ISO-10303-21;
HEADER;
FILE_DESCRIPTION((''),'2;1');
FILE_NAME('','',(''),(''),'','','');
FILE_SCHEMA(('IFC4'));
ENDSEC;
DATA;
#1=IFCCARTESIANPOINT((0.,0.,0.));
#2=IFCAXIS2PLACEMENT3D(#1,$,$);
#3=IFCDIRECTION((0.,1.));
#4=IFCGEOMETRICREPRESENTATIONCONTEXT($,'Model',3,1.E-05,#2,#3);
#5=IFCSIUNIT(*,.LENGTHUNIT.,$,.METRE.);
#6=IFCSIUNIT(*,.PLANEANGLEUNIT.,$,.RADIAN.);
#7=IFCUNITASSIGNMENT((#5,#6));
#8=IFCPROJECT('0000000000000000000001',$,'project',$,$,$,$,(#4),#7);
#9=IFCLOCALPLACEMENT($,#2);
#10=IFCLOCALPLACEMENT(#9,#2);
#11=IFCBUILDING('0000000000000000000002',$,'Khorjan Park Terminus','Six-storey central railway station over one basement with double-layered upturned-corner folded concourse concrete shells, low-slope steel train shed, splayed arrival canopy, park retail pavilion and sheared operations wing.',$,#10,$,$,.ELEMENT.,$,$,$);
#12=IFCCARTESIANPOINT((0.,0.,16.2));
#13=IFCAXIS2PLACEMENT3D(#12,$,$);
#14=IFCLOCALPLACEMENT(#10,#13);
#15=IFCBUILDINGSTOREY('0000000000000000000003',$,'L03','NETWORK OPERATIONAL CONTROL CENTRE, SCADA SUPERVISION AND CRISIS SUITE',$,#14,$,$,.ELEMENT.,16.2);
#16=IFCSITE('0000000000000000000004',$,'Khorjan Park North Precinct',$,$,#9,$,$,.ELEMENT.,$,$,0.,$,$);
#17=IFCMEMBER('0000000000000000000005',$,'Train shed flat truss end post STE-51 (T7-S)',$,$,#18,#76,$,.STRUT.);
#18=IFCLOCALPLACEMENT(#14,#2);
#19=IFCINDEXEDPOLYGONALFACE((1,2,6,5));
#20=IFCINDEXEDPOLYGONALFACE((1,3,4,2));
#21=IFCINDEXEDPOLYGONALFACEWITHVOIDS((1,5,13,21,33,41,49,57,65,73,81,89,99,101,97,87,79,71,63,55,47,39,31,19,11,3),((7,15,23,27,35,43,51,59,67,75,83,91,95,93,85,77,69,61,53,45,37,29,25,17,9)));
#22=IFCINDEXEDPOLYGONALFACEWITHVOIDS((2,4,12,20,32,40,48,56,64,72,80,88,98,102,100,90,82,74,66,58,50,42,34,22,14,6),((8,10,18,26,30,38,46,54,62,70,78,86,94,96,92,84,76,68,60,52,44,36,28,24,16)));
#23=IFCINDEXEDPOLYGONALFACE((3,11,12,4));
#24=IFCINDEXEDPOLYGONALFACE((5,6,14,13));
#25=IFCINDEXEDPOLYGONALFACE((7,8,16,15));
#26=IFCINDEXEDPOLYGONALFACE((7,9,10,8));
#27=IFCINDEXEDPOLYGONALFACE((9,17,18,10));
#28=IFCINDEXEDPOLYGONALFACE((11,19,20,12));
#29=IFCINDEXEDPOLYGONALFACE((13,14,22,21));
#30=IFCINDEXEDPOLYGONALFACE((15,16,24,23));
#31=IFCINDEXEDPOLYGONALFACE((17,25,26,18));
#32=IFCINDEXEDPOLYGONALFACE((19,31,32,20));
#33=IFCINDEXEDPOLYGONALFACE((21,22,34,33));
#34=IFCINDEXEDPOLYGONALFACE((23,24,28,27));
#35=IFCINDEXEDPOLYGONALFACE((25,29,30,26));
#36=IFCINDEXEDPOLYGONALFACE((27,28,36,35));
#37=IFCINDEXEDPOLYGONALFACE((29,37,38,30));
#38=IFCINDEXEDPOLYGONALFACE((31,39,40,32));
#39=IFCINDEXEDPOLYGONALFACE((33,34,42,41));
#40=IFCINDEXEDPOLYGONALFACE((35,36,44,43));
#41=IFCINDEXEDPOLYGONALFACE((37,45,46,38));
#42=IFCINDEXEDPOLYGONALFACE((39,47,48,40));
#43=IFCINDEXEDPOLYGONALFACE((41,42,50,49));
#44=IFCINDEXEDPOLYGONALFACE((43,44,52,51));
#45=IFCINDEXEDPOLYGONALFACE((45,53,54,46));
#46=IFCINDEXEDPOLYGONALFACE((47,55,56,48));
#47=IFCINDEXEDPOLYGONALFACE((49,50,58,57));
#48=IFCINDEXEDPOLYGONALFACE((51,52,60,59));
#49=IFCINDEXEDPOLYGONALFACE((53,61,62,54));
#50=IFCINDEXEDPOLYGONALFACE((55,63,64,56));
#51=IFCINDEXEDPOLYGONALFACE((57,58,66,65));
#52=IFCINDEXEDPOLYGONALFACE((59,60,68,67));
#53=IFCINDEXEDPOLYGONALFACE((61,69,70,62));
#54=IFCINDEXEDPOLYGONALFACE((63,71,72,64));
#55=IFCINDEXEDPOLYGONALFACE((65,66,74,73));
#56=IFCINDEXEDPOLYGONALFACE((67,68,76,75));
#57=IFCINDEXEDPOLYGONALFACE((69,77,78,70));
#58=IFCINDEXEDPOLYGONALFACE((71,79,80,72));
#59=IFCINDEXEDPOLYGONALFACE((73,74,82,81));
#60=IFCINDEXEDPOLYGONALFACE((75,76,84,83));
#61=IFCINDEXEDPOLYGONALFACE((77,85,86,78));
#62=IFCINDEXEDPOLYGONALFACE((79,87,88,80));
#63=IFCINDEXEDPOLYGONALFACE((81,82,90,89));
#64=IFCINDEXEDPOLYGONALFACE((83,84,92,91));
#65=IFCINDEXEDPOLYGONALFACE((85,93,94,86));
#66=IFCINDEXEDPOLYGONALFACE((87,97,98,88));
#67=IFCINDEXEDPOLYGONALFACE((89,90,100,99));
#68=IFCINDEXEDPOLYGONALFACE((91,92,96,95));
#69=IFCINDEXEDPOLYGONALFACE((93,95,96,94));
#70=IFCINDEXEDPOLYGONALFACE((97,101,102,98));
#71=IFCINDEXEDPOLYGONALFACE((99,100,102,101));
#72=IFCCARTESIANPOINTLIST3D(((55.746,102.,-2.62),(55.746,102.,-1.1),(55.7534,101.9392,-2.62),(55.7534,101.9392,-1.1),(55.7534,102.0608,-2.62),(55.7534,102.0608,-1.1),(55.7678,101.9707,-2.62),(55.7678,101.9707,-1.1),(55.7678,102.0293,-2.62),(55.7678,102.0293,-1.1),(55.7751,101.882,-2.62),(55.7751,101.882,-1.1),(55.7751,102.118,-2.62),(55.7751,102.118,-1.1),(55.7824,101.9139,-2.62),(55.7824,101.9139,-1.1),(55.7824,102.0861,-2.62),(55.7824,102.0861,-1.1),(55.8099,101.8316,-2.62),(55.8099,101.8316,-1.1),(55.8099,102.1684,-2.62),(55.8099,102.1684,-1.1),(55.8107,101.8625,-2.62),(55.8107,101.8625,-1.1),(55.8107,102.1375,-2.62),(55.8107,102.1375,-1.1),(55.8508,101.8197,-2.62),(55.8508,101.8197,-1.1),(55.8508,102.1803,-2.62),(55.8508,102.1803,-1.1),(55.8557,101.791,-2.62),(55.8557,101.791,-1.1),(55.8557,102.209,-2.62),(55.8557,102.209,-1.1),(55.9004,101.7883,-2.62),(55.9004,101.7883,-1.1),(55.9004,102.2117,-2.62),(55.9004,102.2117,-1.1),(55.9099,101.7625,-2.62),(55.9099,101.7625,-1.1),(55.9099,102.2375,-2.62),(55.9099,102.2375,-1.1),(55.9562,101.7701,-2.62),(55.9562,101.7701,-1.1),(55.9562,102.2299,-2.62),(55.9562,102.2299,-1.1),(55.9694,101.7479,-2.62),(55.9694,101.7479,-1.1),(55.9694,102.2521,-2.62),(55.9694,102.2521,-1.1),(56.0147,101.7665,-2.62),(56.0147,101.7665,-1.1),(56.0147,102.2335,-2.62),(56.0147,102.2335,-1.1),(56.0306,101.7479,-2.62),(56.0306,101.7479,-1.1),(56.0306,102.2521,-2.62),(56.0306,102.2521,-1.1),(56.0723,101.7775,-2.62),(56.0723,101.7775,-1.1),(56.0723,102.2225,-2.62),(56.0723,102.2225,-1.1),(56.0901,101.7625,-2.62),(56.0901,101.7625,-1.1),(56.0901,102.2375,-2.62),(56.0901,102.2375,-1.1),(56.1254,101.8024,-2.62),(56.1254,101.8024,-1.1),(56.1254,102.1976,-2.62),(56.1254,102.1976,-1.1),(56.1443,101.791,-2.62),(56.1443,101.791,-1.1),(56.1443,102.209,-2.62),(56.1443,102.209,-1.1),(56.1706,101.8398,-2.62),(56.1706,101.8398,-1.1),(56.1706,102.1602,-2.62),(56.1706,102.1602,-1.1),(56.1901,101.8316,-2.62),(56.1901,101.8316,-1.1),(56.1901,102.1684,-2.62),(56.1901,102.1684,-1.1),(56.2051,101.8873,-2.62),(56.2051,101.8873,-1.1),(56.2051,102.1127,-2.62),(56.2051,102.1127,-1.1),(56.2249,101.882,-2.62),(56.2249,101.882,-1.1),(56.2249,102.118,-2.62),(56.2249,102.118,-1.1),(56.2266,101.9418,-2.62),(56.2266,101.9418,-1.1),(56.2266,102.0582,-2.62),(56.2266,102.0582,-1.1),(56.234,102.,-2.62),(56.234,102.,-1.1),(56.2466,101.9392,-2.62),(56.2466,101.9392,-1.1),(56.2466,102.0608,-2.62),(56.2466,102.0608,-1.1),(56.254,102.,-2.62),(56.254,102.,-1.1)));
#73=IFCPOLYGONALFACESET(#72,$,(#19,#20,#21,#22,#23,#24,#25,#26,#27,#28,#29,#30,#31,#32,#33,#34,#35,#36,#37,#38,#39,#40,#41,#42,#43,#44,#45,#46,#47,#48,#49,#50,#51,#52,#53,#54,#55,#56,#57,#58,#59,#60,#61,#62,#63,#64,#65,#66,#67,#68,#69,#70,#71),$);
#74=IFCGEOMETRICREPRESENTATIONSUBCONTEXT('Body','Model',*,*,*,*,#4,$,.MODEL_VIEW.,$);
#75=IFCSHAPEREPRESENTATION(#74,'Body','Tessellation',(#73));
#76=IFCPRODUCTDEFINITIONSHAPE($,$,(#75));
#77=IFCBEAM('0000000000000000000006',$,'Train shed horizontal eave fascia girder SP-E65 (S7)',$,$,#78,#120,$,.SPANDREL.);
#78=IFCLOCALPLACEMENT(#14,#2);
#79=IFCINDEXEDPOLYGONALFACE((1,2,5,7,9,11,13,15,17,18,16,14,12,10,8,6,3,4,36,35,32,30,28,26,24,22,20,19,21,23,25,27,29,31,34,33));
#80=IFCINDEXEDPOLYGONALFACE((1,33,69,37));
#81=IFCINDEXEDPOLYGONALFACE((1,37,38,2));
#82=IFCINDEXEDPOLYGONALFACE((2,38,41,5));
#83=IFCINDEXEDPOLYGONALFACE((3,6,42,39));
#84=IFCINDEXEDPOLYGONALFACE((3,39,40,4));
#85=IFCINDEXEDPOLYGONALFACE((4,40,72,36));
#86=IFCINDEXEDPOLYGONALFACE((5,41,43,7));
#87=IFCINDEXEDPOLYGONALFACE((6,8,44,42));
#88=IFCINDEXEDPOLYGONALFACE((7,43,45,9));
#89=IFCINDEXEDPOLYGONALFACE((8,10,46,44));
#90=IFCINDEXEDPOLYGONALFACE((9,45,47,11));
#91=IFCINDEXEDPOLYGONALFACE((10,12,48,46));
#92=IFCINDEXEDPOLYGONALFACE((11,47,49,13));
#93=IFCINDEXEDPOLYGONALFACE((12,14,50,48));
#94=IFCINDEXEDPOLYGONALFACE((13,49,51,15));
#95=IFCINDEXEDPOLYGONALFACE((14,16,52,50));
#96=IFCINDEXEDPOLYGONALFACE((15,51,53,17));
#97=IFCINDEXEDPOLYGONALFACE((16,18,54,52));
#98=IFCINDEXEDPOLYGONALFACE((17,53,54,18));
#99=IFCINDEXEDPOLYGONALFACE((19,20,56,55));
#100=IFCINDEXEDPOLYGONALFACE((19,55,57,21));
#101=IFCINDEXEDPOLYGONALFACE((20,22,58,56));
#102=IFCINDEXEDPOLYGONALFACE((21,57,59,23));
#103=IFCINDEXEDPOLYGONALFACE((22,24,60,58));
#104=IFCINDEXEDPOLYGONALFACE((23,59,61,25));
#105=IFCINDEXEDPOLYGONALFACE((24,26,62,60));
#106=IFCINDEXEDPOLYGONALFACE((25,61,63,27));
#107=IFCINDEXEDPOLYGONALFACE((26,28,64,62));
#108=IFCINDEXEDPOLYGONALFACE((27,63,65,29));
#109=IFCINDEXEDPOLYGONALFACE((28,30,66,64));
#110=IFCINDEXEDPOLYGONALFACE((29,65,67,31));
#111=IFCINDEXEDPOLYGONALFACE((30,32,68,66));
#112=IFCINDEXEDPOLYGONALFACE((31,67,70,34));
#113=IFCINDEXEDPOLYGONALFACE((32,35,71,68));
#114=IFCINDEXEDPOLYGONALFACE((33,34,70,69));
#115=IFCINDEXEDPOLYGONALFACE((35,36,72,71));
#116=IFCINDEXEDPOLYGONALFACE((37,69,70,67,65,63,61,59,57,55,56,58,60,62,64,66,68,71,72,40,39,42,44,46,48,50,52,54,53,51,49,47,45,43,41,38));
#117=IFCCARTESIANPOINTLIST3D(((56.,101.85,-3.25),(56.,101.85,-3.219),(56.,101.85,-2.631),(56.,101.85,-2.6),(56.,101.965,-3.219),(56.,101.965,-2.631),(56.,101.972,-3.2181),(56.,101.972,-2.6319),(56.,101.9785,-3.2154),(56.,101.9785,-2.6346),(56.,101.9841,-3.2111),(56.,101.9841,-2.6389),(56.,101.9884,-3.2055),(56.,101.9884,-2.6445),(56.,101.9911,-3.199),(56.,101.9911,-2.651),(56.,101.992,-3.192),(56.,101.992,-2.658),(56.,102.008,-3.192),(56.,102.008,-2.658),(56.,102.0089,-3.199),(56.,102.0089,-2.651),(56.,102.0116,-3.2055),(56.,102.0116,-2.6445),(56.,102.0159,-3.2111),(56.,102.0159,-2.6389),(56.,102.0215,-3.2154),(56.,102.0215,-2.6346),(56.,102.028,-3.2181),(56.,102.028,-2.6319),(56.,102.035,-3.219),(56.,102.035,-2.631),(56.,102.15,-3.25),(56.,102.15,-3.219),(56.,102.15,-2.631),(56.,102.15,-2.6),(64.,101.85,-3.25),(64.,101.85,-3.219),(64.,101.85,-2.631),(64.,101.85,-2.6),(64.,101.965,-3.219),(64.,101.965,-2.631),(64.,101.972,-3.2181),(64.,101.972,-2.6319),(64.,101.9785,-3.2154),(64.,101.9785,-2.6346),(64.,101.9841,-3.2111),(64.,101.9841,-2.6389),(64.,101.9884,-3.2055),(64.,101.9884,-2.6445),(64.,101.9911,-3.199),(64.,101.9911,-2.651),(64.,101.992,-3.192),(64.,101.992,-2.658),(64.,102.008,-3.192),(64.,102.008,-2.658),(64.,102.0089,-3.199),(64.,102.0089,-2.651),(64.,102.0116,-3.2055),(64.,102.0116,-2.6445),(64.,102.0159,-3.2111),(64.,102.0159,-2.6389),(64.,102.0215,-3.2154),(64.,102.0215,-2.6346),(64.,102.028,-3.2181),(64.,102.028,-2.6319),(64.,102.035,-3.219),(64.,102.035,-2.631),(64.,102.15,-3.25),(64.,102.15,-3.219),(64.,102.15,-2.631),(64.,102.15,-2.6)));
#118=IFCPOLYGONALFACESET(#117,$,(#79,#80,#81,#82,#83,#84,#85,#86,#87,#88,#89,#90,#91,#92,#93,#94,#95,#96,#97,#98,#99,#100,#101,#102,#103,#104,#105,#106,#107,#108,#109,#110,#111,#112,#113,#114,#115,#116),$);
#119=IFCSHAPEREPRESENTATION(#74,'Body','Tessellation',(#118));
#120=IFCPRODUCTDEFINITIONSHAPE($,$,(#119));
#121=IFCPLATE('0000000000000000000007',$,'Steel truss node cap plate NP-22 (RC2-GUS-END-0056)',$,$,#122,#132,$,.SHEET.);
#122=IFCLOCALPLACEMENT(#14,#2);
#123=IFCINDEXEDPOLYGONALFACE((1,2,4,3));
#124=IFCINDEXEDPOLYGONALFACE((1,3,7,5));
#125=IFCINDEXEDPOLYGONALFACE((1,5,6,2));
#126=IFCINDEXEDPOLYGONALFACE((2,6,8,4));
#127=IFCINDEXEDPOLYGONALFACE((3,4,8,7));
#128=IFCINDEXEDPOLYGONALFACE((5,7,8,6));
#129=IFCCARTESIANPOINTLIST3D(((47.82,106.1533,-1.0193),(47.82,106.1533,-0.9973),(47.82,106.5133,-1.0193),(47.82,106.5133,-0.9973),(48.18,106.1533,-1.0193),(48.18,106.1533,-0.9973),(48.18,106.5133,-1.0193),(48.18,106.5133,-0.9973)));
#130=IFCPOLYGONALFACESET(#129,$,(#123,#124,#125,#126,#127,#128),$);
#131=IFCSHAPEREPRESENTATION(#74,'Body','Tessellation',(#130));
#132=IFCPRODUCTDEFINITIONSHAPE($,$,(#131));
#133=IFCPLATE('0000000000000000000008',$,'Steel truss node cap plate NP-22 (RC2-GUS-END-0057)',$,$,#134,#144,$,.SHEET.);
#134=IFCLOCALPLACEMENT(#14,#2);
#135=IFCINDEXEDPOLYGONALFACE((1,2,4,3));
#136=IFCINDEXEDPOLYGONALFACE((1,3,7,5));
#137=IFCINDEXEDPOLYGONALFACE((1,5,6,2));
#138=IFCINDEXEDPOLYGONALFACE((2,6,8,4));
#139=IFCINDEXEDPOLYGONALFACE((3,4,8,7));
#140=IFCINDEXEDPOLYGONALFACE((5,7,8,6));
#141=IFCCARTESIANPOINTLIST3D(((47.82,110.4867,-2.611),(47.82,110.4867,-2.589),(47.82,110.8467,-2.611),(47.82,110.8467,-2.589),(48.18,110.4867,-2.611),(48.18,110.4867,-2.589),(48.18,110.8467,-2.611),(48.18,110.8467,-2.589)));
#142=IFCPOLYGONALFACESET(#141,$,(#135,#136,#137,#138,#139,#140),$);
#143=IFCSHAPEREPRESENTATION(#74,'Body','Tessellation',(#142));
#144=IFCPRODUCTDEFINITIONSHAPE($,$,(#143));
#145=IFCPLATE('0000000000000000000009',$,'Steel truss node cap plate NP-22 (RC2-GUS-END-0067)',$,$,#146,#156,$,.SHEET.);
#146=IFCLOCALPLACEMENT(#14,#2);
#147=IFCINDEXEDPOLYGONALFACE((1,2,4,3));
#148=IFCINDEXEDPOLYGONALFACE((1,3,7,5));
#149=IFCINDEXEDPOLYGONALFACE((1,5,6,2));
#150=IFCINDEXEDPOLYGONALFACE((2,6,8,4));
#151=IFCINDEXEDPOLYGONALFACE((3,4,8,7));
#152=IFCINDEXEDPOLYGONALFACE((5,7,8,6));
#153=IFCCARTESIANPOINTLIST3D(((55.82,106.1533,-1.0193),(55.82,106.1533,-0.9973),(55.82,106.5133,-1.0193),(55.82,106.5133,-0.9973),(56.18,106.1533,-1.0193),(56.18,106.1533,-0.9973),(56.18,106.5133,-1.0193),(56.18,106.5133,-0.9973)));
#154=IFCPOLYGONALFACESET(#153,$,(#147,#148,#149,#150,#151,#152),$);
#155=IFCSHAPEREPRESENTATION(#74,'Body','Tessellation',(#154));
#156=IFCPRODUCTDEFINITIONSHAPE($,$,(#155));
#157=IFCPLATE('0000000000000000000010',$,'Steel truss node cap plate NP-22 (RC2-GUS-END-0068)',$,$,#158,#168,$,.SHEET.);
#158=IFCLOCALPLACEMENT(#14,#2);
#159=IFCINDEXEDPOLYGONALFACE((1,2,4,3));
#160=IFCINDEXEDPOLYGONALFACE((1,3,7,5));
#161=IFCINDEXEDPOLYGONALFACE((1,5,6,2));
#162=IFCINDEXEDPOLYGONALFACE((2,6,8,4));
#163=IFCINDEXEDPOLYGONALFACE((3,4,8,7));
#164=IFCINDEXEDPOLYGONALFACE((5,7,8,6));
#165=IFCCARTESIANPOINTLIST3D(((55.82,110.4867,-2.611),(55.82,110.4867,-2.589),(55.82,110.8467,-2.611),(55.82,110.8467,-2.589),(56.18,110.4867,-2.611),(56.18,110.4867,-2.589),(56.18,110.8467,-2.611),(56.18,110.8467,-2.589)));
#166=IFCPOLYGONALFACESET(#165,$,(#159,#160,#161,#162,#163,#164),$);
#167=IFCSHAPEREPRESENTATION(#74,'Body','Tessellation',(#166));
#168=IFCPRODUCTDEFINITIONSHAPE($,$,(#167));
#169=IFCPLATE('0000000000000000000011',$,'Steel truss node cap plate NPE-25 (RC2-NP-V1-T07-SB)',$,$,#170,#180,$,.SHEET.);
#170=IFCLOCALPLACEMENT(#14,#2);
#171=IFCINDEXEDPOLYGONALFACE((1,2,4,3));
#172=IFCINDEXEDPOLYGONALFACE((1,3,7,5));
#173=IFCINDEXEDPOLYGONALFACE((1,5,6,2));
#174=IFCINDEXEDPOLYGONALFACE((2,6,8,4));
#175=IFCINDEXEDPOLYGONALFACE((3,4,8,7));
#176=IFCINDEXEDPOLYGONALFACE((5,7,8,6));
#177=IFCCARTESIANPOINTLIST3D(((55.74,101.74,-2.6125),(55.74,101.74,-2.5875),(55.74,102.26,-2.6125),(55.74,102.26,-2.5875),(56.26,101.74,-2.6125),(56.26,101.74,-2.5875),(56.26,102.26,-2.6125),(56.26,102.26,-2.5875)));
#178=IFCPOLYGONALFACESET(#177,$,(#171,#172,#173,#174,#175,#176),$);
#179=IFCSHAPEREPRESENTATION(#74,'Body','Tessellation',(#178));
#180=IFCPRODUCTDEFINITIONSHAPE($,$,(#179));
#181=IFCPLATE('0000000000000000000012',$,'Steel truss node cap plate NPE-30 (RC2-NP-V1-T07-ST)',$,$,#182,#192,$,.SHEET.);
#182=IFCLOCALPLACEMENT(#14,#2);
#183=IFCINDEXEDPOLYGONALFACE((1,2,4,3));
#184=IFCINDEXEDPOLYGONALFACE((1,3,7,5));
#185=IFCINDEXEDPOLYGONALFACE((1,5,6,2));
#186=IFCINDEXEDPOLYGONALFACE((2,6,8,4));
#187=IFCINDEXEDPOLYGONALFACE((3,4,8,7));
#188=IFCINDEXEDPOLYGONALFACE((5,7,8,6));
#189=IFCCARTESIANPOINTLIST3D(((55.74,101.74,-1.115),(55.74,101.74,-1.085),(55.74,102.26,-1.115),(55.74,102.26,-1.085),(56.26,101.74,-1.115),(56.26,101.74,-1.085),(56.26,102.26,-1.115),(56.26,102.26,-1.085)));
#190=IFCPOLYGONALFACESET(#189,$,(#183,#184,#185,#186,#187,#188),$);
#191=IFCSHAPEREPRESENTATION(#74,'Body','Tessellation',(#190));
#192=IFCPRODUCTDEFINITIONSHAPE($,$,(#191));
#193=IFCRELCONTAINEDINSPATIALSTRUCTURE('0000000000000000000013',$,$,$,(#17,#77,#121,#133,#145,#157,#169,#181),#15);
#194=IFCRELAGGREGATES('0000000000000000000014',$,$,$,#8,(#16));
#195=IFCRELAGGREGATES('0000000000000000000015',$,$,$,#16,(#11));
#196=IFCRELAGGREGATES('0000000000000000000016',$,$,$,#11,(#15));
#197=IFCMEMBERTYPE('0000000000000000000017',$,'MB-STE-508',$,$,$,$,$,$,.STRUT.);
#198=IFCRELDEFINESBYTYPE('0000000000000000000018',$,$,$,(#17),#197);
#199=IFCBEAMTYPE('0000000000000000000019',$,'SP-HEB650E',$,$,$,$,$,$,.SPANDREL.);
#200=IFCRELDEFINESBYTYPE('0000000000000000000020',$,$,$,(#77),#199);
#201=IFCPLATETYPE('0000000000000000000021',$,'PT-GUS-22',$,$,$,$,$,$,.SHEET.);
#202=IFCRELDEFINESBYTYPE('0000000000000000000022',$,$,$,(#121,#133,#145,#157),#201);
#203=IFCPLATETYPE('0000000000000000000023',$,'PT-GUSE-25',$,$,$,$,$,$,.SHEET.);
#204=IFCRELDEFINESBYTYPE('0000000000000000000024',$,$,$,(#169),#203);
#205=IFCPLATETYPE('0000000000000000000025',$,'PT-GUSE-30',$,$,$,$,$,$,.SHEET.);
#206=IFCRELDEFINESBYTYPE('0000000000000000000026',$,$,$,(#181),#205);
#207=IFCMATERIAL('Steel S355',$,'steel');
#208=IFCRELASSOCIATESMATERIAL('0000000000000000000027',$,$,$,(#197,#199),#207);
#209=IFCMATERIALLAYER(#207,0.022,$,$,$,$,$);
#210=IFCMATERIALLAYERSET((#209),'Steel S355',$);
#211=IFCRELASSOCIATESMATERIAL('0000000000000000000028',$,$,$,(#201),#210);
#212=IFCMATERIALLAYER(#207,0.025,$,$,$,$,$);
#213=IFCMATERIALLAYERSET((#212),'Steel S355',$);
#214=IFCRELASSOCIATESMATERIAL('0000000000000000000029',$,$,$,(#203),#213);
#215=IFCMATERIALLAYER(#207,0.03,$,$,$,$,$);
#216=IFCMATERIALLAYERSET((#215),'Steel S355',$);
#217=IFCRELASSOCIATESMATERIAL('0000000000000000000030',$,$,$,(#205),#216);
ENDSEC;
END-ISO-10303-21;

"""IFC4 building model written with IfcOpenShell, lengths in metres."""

from ifc_helpers import new_model, si_unit, direction, frame, origin, origin_2d, place, context, subcontext, project, spatial, rectangle, hollow_circle, i_section, extrude, material, layer, layer_set, material_profile, profile_set, type_object, element, save


model = new_model("IFC4")

# Units and contexts
model_context = context("Model", 3, precision=1e-05, world=origin(), true_north=direction((0.0, 1.0)))
body_context = subcontext(model_context, "Body", "Model", "MODEL_VIEW")
ifc_project = project(units=[si_unit("LENGTHUNIT", "METRE"), si_unit("PLANEANGLEUNIT", "RADIAN")], contexts=[model_context])

# Site, building, storey
site_placement = place(None, origin())
site = spatial("IfcSite", under=ifc_project, at=site_placement, Name="Khorjan Park North Precinct", CompositionType="ELEMENT", RefElevation=0.0)
building_placement = place(site_placement, origin())
building = spatial("IfcBuilding", under=site, at=building_placement, Name="Khorjan Park Terminus", Description="Six-storey central railway station over one basement with double-layered upturned-corner folded concourse concrete shells, low-slope steel train shed, splayed arrival canopy, park retail pavilion and sheared operations wing.", CompositionType="ELEMENT")
storey_placement = place(building_placement, frame((0.0, 0.0, 16.2)))
storey = spatial("IfcBuildingStorey", under=building, at=storey_placement, Name="L03", Description="NETWORK OPERATIONAL CONTROL CENTRE, SCADA SUPERVISION AND CRISIS SUITE", CompositionType="ELEMENT", Elevation=16.2)

# Member
ifc_material = material(Name="Steel S355", Category="steel")
ifc_material_profile_1 = material_profile(ifc_material, hollow_circle(Radius=0.254, WallThickness=0.02, at=origin_2d()), Name="CHS 508x20")
ifc_profile_set_1 = profile_set([ifc_material_profile_1], Name="Steel S355")
member_type_1 = type_object("IfcMemberType", Name="MB-STE-508", PredefinedType="STRUT", material=ifc_profile_set_1)
member_1_placement = place(storey_placement, frame((56.0, 102.0, -2.62), z_axis=(0.0, 0.0, 1.0), x_axis=(1.0, 0.0, 0.0)))
element("IfcMember", 1, at=member_1_placement, inside=storey, type_object=member_type_1, Name="Train shed flat truss end post STE-51 (T7-S)", PredefinedType="STRUT", context=body_context, shape_type="SweptSolid", body=[
    extrude(hollow_circle(Radius=0.254, WallThickness=0.02, at=origin_2d()), origin(), (0.0, 0.0, 1.0), 1.52),
])

# Beam
ifc_material_profile_2 = material_profile(ifc_material, i_section(OverallWidth=0.3, OverallDepth=0.65, WebThickness=0.016, FlangeThickness=0.031, FilletRadius=0.027, at=origin_2d()), Name="HEB 650")
ifc_profile_set_2 = profile_set([ifc_material_profile_2], Name="Steel S355")
beam_type = type_object("IfcBeamType", Name="SP-HEB650E", PredefinedType="SPANDREL", material=ifc_profile_set_2)
beam_placement = place(storey_placement, frame((56.0, 102.0, -2.925), z_axis=(1.0, 0.0, 0.0), x_axis=(0.0, 1.0, 0.0)))
element("IfcBeam", 2, at=beam_placement, inside=storey, type_object=beam_type, Name="Train shed horizontal eave fascia girder SP-E65 (S7)", PredefinedType="SPANDREL", context=body_context, shape_type="SweptSolid", body=[
    extrude(i_section(OverallWidth=0.3, OverallDepth=0.65, WebThickness=0.016, FlangeThickness=0.031, FilletRadius=0.027, at=origin_2d()), origin(), (0.0, 0.0, 1.0), 8.0),
])

# Plates
ifc_layer_1 = layer(ifc_material, 0.022)
ifc_layer_set_1 = layer_set([ifc_layer_1], Name="Steel S355")
plate_type_1 = type_object("IfcPlateType", Name="PT-GUS-22", PredefinedType="SHEET", material=ifc_layer_set_1)
for number, where, z_axis, x_axis, name in (
    (3, (48.0, 106.3333, -1.0193), (0.0, 0.0, 1.0), (1.0, 0.0, 0.0), "Steel truss node cap plate NP-22 (RC2-GUS-END-0056)"),
    (4, (48.0, 110.6667, -2.611), (0.0, 0.0, 1.0), (1.0, 0.0, 0.0), "Steel truss node cap plate NP-22 (RC2-GUS-END-0057)"),
    (5, (56.0, 106.3333, -1.0193), (0.0, 0.0, 1.0), (1.0, 0.0, 0.0), "Steel truss node cap plate NP-22 (RC2-GUS-END-0067)"),
    (6, (56.0, 110.6667, -2.611), (0.0, 0.0, 1.0), (1.0, 0.0, 0.0), "Steel truss node cap plate NP-22 (RC2-GUS-END-0068)"),
):
    element("IfcPlate", number, at=place(storey_placement, frame(where, z_axis=z_axis, x_axis=x_axis)), inside=storey, type_object=plate_type_1, Name=name, PredefinedType="SHEET", context=body_context, shape_type="SweptSolid", body=[
        extrude(rectangle(XDim=0.36, YDim=0.36, at=origin_2d()), origin(), (0.0, 0.0, 1.0), 0.022),
    ])
ifc_layer_2 = layer(ifc_material, 0.025)
ifc_layer_set_2 = layer_set([ifc_layer_2], Name="Steel S355")
plate_type_2 = type_object("IfcPlateType", Name="PT-GUSE-25", PredefinedType="SHEET", material=ifc_layer_set_2)
plate_1_placement = place(storey_placement, frame((56.0, 102.0, -2.6125), z_axis=(0.0, 0.0, 1.0), x_axis=(1.0, 0.0, 0.0)))
element("IfcPlate", 7, at=plate_1_placement, inside=storey, type_object=plate_type_2, Name="Steel truss node cap plate NPE-25 (RC2-NP-V1-T07-SB)", PredefinedType="SHEET", context=body_context, shape_type="SweptSolid", body=[
    extrude(rectangle(XDim=0.52, YDim=0.52, at=origin_2d()), origin(), (0.0, 0.0, 1.0), 0.025),
])
ifc_layer_3 = layer(ifc_material, 0.03)
ifc_layer_set_3 = layer_set([ifc_layer_3], Name="Steel S355")
plate_type_3 = type_object("IfcPlateType", Name="PT-GUSE-30", PredefinedType="SHEET", material=ifc_layer_set_3)
plate_2_placement = place(storey_placement, frame((56.0, 102.0, -1.115), z_axis=(0.0, 0.0, 1.0), x_axis=(1.0, 0.0, 0.0)))
element("IfcPlate", 8, at=plate_2_placement, inside=storey, type_object=plate_type_3, Name="Steel truss node cap plate NPE-30 (RC2-NP-V1-T07-ST)", PredefinedType="SHEET", context=body_context, shape_type="SweptSolid", body=[
    extrude(rectangle(XDim=0.52, YDim=0.52, at=origin_2d()), origin(), (0.0, 0.0, 1.0), 0.03),
])

save(model, "model.ifc")
